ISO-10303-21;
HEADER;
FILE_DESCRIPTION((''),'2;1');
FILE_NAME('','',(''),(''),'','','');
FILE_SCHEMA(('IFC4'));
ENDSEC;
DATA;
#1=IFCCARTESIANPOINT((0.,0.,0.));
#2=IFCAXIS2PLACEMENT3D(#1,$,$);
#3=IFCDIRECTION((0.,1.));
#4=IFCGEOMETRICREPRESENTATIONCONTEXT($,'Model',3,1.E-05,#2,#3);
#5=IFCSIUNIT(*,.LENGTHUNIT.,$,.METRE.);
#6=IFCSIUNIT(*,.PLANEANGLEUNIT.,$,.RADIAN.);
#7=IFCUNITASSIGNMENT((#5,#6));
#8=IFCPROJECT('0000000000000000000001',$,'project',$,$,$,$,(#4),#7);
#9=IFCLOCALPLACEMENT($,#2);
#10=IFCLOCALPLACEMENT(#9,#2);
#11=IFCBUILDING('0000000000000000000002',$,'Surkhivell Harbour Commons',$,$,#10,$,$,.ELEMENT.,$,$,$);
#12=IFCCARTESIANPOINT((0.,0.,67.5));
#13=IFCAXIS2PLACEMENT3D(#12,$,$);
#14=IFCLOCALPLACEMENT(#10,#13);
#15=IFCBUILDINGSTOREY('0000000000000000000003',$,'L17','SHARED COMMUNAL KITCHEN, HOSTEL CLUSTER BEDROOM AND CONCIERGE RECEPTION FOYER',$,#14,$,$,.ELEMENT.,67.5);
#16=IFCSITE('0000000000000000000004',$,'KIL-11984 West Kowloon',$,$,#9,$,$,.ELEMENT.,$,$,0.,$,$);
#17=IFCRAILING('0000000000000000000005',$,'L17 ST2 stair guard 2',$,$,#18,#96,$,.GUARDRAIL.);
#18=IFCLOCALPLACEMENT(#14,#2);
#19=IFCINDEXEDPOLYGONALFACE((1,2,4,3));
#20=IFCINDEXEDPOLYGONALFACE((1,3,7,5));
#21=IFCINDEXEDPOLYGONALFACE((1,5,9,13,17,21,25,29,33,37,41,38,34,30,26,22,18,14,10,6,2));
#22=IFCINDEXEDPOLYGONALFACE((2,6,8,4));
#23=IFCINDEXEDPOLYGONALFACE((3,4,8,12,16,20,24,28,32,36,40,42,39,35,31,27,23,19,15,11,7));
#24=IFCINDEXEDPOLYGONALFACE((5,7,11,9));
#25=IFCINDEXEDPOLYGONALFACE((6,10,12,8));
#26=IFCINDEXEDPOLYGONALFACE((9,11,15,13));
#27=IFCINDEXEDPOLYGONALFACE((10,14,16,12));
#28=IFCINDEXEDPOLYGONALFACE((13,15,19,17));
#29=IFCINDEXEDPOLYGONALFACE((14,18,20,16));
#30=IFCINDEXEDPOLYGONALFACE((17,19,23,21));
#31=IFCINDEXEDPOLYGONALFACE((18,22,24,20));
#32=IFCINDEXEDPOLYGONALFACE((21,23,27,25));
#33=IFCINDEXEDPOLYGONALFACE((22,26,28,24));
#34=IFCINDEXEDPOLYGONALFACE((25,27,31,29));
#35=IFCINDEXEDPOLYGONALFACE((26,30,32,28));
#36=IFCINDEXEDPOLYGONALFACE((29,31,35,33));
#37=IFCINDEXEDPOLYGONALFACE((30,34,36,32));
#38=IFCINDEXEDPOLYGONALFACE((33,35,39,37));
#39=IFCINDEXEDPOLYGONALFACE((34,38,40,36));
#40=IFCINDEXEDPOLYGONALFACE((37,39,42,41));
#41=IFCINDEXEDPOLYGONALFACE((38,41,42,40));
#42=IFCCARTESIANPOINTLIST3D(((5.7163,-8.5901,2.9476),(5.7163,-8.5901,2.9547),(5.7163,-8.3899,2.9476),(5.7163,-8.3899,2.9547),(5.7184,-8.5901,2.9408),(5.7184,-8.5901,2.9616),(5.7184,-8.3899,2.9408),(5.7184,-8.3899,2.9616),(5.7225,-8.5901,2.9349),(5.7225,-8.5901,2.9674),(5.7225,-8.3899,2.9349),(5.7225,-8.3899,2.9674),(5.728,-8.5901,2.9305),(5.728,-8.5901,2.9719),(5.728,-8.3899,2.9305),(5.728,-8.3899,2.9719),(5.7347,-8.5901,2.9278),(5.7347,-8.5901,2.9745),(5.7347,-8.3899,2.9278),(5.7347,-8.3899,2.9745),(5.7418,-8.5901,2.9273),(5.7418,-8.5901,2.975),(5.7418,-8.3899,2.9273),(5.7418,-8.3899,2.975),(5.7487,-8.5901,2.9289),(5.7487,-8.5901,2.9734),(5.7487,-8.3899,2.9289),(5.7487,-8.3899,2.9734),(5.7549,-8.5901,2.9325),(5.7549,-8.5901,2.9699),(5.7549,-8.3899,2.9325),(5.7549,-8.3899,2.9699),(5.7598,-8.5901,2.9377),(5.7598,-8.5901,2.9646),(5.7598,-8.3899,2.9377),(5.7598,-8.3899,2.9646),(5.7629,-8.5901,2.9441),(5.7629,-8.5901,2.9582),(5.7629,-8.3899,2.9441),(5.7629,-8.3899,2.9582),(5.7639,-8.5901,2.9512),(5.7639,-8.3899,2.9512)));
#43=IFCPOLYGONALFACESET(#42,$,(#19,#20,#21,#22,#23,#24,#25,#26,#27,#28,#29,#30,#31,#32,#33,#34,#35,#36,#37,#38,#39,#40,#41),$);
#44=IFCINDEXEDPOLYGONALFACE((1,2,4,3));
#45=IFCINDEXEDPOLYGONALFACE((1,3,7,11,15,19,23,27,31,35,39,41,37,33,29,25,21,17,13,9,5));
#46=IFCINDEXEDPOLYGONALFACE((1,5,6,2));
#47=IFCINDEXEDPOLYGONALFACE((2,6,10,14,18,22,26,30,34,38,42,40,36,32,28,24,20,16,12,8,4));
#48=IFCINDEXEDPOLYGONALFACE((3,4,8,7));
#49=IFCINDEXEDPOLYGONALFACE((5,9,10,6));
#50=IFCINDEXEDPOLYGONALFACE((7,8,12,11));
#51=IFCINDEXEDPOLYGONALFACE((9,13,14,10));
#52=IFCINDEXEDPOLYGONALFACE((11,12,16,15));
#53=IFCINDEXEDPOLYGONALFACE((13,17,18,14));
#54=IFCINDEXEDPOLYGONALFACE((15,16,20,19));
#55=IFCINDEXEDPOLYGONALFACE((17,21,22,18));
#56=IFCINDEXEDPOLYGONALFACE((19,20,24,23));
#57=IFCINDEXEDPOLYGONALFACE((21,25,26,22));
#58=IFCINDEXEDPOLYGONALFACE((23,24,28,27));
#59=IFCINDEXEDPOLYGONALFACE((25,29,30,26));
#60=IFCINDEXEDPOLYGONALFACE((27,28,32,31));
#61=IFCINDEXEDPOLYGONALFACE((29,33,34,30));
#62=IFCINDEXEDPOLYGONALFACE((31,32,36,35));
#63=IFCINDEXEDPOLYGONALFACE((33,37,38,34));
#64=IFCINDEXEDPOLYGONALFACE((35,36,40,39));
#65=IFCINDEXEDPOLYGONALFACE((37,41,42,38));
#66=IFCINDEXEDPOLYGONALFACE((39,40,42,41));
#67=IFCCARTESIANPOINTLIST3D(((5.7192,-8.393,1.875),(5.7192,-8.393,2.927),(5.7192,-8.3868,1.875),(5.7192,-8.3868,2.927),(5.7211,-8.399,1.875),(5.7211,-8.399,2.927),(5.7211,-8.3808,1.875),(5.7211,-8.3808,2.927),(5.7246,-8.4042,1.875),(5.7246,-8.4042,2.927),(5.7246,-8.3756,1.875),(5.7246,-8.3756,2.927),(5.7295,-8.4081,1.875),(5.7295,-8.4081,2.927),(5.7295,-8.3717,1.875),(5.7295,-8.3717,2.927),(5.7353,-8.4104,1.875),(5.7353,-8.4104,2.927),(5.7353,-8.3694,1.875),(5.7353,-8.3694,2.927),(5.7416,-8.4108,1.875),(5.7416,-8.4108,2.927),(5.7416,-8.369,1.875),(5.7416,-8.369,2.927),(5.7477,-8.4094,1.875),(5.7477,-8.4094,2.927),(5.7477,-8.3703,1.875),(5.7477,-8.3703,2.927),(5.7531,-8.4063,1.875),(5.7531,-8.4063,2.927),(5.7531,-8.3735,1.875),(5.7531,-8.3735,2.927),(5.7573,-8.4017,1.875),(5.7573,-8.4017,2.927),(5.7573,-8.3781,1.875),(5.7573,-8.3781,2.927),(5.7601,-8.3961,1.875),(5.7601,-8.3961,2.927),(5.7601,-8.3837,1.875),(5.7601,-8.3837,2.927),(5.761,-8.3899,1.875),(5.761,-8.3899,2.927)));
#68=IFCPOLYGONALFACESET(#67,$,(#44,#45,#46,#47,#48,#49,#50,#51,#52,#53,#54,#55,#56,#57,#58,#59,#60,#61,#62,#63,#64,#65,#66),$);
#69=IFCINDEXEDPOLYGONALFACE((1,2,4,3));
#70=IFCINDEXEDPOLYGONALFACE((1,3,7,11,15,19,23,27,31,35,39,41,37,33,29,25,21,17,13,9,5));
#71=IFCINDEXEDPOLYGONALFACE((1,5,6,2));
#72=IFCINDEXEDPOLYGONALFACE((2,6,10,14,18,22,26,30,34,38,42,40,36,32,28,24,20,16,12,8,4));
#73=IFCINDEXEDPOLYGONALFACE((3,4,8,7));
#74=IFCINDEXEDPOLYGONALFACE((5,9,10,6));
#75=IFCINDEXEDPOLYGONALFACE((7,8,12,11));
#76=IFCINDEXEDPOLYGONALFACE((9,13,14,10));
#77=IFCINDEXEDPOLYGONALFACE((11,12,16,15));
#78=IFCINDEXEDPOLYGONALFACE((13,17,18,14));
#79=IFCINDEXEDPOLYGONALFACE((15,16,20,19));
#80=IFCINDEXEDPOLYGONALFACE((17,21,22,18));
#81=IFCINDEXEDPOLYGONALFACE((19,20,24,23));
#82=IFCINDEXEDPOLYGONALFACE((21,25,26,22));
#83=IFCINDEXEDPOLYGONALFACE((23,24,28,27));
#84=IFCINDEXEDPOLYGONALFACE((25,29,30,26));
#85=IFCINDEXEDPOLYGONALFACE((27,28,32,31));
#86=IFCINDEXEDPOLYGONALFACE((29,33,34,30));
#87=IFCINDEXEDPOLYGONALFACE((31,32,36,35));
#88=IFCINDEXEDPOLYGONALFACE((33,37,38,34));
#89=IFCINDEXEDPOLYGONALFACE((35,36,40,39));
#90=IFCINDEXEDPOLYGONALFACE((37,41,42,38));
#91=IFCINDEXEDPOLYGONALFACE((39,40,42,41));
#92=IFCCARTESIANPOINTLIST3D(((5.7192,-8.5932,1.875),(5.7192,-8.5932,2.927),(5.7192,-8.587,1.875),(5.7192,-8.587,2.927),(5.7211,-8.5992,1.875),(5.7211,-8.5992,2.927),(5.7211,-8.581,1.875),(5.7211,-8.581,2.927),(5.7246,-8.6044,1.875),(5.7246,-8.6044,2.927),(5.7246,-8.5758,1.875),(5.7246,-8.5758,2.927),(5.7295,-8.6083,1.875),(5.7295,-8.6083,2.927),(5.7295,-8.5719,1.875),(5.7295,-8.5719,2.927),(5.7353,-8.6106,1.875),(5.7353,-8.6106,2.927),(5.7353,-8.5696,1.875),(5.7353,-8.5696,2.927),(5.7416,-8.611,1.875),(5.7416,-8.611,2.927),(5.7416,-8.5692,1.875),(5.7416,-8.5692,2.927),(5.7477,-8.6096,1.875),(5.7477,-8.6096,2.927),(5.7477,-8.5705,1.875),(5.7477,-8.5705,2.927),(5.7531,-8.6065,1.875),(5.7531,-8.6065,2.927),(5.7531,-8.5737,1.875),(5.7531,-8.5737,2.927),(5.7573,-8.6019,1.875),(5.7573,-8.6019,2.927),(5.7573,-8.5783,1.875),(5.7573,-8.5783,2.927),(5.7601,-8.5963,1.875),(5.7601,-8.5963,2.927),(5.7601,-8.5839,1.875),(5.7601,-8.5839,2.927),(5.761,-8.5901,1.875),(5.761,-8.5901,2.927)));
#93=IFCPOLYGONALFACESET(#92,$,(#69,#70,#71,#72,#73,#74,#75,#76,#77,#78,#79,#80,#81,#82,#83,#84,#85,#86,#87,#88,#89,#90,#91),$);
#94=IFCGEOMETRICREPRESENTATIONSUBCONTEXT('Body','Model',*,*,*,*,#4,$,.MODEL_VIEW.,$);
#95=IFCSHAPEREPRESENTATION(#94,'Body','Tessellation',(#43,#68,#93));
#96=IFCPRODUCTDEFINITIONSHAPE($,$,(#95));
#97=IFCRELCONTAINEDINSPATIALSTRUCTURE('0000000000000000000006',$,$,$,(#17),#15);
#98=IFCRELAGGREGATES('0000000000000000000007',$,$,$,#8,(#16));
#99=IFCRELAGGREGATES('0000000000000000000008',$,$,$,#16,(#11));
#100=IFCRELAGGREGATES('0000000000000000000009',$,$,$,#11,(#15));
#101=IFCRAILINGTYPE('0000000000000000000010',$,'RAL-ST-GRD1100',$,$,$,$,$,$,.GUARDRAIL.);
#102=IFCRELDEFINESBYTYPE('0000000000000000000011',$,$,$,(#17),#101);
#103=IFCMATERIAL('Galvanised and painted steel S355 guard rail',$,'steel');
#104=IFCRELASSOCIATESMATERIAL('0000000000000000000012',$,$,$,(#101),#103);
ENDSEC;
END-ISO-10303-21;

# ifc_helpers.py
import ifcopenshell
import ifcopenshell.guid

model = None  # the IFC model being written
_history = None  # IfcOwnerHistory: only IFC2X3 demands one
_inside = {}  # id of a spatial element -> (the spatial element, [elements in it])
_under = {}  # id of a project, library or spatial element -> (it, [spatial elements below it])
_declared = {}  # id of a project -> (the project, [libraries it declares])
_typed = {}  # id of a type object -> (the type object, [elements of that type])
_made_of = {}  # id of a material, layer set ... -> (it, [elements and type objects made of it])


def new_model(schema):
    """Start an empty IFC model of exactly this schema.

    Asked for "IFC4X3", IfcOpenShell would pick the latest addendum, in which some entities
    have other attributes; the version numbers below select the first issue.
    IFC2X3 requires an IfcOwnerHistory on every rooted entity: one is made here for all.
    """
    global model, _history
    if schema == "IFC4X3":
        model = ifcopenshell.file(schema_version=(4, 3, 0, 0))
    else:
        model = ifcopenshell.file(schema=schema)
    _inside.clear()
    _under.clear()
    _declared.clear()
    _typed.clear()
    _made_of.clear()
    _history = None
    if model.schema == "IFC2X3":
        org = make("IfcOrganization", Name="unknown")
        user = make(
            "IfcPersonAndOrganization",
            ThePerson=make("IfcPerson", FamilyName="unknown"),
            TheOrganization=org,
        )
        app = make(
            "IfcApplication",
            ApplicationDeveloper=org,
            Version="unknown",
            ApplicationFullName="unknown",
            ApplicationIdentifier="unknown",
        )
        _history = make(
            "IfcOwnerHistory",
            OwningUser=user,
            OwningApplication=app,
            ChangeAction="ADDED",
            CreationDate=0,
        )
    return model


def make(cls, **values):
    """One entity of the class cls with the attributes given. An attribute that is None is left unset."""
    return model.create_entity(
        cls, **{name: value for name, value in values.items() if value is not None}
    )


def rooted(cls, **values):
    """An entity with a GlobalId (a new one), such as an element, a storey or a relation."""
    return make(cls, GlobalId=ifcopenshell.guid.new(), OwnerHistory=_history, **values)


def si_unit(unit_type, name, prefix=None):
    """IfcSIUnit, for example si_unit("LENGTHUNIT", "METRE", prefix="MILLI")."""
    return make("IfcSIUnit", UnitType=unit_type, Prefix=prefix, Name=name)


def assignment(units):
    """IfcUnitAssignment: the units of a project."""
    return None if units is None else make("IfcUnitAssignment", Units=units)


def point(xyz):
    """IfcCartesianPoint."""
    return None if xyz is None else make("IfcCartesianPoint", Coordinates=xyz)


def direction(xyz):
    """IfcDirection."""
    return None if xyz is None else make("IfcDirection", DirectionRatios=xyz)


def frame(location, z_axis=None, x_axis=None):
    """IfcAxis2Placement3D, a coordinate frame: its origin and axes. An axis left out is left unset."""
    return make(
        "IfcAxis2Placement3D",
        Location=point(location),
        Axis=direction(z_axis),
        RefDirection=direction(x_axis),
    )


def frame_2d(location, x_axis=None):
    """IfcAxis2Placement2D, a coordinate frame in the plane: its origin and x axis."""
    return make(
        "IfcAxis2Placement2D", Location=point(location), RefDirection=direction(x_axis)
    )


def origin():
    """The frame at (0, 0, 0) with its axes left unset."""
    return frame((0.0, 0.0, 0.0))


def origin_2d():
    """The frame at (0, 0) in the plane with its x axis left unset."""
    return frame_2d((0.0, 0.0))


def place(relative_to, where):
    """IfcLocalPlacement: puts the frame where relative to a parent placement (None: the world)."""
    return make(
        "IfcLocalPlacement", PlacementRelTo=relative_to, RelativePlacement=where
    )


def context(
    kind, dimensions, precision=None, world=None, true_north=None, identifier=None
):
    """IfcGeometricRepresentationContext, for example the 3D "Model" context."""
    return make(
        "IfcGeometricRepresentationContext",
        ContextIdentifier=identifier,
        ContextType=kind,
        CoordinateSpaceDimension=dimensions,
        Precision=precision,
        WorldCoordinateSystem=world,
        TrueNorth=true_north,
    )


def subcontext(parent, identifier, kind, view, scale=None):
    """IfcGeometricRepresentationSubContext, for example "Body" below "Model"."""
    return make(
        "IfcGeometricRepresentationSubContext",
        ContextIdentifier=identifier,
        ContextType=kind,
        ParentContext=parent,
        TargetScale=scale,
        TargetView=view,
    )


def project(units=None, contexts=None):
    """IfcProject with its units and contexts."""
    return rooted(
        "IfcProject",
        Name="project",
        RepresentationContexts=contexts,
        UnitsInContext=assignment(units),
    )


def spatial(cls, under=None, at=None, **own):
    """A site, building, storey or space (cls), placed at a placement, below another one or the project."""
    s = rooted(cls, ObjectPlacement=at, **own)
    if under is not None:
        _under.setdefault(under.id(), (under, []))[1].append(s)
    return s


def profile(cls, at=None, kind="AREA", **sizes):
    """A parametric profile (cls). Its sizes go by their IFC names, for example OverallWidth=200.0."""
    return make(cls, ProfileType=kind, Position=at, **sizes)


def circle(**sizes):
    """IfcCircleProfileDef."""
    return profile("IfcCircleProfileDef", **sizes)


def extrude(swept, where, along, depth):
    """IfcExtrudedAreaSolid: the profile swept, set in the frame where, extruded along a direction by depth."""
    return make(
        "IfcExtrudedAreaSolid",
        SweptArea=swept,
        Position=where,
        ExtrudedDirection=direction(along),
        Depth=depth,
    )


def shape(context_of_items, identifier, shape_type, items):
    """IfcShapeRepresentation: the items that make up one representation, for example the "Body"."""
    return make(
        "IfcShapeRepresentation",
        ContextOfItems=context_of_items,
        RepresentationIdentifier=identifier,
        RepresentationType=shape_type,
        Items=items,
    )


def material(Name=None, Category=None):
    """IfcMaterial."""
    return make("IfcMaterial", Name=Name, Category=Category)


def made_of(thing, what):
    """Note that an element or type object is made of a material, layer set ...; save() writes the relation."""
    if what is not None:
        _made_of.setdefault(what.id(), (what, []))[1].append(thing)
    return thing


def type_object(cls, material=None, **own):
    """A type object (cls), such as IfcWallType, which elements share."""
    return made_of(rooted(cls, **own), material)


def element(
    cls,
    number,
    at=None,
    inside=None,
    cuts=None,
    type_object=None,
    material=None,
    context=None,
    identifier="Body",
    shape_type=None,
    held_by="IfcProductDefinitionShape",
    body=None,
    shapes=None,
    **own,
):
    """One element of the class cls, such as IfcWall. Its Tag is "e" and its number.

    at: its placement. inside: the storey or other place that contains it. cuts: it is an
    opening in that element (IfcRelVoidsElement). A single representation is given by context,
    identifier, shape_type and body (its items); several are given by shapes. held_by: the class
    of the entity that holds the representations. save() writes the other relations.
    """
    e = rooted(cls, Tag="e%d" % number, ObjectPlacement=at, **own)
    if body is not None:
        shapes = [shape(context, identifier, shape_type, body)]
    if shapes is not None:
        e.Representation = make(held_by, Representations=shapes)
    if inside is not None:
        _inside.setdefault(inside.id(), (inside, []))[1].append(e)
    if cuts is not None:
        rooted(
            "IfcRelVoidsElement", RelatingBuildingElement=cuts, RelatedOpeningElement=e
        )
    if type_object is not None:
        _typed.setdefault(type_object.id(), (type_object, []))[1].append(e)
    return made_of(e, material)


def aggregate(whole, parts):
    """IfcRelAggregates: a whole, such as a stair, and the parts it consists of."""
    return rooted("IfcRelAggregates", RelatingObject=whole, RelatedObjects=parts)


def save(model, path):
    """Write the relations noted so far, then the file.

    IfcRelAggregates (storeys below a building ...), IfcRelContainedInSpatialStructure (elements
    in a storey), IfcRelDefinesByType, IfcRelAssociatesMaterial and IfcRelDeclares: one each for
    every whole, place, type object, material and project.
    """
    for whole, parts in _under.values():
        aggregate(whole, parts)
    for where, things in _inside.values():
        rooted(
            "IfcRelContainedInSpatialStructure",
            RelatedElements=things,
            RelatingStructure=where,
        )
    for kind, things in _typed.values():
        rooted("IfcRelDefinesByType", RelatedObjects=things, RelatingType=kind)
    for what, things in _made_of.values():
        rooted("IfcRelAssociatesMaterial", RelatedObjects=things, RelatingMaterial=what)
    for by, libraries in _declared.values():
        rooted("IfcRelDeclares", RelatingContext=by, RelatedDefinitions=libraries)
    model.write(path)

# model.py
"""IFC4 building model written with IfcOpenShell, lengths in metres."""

from ifc_helpers import new_model, si_unit, direction, frame, origin, origin_2d, place, context, subcontext, project, spatial, circle, extrude, material, type_object, element, save


model = new_model("IFC4")

# Units and contexts
model_context = context("Model", 3, precision=1e-05, world=origin(), true_north=direction((0.0, 1.0)))
body_context = subcontext(model_context, "Body", "Model", "MODEL_VIEW")
ifc_project = project(units=[si_unit("LENGTHUNIT", "METRE"), si_unit("PLANEANGLEUNIT", "RADIAN")], contexts=[model_context])

# Site, building, storey
site_placement = place(None, origin())
site = spatial("IfcSite", under=ifc_project, at=site_placement, Name="KIL-11984 West Kowloon", CompositionType="ELEMENT", RefElevation=0.0)
building_placement = place(site_placement, origin())
building = spatial("IfcBuilding", under=site, at=building_placement, Name="Surkhivell Harbour Commons", CompositionType="ELEMENT")
storey_placement = place(building_placement, frame((0.0, 0.0, 67.5)))
storey = spatial("IfcBuildingStorey", under=building, at=storey_placement, Name="L17", Description="SHARED COMMUNAL KITCHEN, HOSTEL CLUSTER BEDROOM AND CONCIERGE RECEPTION FOYER", CompositionType="ELEMENT", Elevation=67.5)

# Railing
ifc_material_1 = material(Name="Galvanised and painted steel S355 guard rail", Category="steel")
railing_type_1 = type_object("IfcRailingType", Name="RAL-ST-GRD1100", PredefinedType="GUARDRAIL", material=ifc_material_1)
railing_1_placement = place(storey_placement, frame((5.74, -8.3899, 1.875)))
element("IfcRailing", 1, at=railing_1_placement, inside=storey, type_object=railing_type_1, Name="L17 ST2 stair guard 2", PredefinedType="GUARDRAIL", context=body_context, shape_type="SweptSolid", body=[
    extrude(circle(Radius=0.0239, at=origin_2d()), frame((0.0, 0.0, 1.0762), z_axis=(0.0, -1.0, 0.0), x_axis=(1.0, 0.0, 0.0)), (0.0, 0.0, 1.0), 0.2002),
    extrude(circle(Radius=0.021, at=origin_2d()), origin(), (0.0, 0.0, 1.0), 1.052),
    extrude(circle(Radius=0.021, at=origin_2d()), frame((0.0, -0.2002, 0.0)), (0.0, 0.0, 1.0), 1.052),
])

save(model, "model.ifc")
